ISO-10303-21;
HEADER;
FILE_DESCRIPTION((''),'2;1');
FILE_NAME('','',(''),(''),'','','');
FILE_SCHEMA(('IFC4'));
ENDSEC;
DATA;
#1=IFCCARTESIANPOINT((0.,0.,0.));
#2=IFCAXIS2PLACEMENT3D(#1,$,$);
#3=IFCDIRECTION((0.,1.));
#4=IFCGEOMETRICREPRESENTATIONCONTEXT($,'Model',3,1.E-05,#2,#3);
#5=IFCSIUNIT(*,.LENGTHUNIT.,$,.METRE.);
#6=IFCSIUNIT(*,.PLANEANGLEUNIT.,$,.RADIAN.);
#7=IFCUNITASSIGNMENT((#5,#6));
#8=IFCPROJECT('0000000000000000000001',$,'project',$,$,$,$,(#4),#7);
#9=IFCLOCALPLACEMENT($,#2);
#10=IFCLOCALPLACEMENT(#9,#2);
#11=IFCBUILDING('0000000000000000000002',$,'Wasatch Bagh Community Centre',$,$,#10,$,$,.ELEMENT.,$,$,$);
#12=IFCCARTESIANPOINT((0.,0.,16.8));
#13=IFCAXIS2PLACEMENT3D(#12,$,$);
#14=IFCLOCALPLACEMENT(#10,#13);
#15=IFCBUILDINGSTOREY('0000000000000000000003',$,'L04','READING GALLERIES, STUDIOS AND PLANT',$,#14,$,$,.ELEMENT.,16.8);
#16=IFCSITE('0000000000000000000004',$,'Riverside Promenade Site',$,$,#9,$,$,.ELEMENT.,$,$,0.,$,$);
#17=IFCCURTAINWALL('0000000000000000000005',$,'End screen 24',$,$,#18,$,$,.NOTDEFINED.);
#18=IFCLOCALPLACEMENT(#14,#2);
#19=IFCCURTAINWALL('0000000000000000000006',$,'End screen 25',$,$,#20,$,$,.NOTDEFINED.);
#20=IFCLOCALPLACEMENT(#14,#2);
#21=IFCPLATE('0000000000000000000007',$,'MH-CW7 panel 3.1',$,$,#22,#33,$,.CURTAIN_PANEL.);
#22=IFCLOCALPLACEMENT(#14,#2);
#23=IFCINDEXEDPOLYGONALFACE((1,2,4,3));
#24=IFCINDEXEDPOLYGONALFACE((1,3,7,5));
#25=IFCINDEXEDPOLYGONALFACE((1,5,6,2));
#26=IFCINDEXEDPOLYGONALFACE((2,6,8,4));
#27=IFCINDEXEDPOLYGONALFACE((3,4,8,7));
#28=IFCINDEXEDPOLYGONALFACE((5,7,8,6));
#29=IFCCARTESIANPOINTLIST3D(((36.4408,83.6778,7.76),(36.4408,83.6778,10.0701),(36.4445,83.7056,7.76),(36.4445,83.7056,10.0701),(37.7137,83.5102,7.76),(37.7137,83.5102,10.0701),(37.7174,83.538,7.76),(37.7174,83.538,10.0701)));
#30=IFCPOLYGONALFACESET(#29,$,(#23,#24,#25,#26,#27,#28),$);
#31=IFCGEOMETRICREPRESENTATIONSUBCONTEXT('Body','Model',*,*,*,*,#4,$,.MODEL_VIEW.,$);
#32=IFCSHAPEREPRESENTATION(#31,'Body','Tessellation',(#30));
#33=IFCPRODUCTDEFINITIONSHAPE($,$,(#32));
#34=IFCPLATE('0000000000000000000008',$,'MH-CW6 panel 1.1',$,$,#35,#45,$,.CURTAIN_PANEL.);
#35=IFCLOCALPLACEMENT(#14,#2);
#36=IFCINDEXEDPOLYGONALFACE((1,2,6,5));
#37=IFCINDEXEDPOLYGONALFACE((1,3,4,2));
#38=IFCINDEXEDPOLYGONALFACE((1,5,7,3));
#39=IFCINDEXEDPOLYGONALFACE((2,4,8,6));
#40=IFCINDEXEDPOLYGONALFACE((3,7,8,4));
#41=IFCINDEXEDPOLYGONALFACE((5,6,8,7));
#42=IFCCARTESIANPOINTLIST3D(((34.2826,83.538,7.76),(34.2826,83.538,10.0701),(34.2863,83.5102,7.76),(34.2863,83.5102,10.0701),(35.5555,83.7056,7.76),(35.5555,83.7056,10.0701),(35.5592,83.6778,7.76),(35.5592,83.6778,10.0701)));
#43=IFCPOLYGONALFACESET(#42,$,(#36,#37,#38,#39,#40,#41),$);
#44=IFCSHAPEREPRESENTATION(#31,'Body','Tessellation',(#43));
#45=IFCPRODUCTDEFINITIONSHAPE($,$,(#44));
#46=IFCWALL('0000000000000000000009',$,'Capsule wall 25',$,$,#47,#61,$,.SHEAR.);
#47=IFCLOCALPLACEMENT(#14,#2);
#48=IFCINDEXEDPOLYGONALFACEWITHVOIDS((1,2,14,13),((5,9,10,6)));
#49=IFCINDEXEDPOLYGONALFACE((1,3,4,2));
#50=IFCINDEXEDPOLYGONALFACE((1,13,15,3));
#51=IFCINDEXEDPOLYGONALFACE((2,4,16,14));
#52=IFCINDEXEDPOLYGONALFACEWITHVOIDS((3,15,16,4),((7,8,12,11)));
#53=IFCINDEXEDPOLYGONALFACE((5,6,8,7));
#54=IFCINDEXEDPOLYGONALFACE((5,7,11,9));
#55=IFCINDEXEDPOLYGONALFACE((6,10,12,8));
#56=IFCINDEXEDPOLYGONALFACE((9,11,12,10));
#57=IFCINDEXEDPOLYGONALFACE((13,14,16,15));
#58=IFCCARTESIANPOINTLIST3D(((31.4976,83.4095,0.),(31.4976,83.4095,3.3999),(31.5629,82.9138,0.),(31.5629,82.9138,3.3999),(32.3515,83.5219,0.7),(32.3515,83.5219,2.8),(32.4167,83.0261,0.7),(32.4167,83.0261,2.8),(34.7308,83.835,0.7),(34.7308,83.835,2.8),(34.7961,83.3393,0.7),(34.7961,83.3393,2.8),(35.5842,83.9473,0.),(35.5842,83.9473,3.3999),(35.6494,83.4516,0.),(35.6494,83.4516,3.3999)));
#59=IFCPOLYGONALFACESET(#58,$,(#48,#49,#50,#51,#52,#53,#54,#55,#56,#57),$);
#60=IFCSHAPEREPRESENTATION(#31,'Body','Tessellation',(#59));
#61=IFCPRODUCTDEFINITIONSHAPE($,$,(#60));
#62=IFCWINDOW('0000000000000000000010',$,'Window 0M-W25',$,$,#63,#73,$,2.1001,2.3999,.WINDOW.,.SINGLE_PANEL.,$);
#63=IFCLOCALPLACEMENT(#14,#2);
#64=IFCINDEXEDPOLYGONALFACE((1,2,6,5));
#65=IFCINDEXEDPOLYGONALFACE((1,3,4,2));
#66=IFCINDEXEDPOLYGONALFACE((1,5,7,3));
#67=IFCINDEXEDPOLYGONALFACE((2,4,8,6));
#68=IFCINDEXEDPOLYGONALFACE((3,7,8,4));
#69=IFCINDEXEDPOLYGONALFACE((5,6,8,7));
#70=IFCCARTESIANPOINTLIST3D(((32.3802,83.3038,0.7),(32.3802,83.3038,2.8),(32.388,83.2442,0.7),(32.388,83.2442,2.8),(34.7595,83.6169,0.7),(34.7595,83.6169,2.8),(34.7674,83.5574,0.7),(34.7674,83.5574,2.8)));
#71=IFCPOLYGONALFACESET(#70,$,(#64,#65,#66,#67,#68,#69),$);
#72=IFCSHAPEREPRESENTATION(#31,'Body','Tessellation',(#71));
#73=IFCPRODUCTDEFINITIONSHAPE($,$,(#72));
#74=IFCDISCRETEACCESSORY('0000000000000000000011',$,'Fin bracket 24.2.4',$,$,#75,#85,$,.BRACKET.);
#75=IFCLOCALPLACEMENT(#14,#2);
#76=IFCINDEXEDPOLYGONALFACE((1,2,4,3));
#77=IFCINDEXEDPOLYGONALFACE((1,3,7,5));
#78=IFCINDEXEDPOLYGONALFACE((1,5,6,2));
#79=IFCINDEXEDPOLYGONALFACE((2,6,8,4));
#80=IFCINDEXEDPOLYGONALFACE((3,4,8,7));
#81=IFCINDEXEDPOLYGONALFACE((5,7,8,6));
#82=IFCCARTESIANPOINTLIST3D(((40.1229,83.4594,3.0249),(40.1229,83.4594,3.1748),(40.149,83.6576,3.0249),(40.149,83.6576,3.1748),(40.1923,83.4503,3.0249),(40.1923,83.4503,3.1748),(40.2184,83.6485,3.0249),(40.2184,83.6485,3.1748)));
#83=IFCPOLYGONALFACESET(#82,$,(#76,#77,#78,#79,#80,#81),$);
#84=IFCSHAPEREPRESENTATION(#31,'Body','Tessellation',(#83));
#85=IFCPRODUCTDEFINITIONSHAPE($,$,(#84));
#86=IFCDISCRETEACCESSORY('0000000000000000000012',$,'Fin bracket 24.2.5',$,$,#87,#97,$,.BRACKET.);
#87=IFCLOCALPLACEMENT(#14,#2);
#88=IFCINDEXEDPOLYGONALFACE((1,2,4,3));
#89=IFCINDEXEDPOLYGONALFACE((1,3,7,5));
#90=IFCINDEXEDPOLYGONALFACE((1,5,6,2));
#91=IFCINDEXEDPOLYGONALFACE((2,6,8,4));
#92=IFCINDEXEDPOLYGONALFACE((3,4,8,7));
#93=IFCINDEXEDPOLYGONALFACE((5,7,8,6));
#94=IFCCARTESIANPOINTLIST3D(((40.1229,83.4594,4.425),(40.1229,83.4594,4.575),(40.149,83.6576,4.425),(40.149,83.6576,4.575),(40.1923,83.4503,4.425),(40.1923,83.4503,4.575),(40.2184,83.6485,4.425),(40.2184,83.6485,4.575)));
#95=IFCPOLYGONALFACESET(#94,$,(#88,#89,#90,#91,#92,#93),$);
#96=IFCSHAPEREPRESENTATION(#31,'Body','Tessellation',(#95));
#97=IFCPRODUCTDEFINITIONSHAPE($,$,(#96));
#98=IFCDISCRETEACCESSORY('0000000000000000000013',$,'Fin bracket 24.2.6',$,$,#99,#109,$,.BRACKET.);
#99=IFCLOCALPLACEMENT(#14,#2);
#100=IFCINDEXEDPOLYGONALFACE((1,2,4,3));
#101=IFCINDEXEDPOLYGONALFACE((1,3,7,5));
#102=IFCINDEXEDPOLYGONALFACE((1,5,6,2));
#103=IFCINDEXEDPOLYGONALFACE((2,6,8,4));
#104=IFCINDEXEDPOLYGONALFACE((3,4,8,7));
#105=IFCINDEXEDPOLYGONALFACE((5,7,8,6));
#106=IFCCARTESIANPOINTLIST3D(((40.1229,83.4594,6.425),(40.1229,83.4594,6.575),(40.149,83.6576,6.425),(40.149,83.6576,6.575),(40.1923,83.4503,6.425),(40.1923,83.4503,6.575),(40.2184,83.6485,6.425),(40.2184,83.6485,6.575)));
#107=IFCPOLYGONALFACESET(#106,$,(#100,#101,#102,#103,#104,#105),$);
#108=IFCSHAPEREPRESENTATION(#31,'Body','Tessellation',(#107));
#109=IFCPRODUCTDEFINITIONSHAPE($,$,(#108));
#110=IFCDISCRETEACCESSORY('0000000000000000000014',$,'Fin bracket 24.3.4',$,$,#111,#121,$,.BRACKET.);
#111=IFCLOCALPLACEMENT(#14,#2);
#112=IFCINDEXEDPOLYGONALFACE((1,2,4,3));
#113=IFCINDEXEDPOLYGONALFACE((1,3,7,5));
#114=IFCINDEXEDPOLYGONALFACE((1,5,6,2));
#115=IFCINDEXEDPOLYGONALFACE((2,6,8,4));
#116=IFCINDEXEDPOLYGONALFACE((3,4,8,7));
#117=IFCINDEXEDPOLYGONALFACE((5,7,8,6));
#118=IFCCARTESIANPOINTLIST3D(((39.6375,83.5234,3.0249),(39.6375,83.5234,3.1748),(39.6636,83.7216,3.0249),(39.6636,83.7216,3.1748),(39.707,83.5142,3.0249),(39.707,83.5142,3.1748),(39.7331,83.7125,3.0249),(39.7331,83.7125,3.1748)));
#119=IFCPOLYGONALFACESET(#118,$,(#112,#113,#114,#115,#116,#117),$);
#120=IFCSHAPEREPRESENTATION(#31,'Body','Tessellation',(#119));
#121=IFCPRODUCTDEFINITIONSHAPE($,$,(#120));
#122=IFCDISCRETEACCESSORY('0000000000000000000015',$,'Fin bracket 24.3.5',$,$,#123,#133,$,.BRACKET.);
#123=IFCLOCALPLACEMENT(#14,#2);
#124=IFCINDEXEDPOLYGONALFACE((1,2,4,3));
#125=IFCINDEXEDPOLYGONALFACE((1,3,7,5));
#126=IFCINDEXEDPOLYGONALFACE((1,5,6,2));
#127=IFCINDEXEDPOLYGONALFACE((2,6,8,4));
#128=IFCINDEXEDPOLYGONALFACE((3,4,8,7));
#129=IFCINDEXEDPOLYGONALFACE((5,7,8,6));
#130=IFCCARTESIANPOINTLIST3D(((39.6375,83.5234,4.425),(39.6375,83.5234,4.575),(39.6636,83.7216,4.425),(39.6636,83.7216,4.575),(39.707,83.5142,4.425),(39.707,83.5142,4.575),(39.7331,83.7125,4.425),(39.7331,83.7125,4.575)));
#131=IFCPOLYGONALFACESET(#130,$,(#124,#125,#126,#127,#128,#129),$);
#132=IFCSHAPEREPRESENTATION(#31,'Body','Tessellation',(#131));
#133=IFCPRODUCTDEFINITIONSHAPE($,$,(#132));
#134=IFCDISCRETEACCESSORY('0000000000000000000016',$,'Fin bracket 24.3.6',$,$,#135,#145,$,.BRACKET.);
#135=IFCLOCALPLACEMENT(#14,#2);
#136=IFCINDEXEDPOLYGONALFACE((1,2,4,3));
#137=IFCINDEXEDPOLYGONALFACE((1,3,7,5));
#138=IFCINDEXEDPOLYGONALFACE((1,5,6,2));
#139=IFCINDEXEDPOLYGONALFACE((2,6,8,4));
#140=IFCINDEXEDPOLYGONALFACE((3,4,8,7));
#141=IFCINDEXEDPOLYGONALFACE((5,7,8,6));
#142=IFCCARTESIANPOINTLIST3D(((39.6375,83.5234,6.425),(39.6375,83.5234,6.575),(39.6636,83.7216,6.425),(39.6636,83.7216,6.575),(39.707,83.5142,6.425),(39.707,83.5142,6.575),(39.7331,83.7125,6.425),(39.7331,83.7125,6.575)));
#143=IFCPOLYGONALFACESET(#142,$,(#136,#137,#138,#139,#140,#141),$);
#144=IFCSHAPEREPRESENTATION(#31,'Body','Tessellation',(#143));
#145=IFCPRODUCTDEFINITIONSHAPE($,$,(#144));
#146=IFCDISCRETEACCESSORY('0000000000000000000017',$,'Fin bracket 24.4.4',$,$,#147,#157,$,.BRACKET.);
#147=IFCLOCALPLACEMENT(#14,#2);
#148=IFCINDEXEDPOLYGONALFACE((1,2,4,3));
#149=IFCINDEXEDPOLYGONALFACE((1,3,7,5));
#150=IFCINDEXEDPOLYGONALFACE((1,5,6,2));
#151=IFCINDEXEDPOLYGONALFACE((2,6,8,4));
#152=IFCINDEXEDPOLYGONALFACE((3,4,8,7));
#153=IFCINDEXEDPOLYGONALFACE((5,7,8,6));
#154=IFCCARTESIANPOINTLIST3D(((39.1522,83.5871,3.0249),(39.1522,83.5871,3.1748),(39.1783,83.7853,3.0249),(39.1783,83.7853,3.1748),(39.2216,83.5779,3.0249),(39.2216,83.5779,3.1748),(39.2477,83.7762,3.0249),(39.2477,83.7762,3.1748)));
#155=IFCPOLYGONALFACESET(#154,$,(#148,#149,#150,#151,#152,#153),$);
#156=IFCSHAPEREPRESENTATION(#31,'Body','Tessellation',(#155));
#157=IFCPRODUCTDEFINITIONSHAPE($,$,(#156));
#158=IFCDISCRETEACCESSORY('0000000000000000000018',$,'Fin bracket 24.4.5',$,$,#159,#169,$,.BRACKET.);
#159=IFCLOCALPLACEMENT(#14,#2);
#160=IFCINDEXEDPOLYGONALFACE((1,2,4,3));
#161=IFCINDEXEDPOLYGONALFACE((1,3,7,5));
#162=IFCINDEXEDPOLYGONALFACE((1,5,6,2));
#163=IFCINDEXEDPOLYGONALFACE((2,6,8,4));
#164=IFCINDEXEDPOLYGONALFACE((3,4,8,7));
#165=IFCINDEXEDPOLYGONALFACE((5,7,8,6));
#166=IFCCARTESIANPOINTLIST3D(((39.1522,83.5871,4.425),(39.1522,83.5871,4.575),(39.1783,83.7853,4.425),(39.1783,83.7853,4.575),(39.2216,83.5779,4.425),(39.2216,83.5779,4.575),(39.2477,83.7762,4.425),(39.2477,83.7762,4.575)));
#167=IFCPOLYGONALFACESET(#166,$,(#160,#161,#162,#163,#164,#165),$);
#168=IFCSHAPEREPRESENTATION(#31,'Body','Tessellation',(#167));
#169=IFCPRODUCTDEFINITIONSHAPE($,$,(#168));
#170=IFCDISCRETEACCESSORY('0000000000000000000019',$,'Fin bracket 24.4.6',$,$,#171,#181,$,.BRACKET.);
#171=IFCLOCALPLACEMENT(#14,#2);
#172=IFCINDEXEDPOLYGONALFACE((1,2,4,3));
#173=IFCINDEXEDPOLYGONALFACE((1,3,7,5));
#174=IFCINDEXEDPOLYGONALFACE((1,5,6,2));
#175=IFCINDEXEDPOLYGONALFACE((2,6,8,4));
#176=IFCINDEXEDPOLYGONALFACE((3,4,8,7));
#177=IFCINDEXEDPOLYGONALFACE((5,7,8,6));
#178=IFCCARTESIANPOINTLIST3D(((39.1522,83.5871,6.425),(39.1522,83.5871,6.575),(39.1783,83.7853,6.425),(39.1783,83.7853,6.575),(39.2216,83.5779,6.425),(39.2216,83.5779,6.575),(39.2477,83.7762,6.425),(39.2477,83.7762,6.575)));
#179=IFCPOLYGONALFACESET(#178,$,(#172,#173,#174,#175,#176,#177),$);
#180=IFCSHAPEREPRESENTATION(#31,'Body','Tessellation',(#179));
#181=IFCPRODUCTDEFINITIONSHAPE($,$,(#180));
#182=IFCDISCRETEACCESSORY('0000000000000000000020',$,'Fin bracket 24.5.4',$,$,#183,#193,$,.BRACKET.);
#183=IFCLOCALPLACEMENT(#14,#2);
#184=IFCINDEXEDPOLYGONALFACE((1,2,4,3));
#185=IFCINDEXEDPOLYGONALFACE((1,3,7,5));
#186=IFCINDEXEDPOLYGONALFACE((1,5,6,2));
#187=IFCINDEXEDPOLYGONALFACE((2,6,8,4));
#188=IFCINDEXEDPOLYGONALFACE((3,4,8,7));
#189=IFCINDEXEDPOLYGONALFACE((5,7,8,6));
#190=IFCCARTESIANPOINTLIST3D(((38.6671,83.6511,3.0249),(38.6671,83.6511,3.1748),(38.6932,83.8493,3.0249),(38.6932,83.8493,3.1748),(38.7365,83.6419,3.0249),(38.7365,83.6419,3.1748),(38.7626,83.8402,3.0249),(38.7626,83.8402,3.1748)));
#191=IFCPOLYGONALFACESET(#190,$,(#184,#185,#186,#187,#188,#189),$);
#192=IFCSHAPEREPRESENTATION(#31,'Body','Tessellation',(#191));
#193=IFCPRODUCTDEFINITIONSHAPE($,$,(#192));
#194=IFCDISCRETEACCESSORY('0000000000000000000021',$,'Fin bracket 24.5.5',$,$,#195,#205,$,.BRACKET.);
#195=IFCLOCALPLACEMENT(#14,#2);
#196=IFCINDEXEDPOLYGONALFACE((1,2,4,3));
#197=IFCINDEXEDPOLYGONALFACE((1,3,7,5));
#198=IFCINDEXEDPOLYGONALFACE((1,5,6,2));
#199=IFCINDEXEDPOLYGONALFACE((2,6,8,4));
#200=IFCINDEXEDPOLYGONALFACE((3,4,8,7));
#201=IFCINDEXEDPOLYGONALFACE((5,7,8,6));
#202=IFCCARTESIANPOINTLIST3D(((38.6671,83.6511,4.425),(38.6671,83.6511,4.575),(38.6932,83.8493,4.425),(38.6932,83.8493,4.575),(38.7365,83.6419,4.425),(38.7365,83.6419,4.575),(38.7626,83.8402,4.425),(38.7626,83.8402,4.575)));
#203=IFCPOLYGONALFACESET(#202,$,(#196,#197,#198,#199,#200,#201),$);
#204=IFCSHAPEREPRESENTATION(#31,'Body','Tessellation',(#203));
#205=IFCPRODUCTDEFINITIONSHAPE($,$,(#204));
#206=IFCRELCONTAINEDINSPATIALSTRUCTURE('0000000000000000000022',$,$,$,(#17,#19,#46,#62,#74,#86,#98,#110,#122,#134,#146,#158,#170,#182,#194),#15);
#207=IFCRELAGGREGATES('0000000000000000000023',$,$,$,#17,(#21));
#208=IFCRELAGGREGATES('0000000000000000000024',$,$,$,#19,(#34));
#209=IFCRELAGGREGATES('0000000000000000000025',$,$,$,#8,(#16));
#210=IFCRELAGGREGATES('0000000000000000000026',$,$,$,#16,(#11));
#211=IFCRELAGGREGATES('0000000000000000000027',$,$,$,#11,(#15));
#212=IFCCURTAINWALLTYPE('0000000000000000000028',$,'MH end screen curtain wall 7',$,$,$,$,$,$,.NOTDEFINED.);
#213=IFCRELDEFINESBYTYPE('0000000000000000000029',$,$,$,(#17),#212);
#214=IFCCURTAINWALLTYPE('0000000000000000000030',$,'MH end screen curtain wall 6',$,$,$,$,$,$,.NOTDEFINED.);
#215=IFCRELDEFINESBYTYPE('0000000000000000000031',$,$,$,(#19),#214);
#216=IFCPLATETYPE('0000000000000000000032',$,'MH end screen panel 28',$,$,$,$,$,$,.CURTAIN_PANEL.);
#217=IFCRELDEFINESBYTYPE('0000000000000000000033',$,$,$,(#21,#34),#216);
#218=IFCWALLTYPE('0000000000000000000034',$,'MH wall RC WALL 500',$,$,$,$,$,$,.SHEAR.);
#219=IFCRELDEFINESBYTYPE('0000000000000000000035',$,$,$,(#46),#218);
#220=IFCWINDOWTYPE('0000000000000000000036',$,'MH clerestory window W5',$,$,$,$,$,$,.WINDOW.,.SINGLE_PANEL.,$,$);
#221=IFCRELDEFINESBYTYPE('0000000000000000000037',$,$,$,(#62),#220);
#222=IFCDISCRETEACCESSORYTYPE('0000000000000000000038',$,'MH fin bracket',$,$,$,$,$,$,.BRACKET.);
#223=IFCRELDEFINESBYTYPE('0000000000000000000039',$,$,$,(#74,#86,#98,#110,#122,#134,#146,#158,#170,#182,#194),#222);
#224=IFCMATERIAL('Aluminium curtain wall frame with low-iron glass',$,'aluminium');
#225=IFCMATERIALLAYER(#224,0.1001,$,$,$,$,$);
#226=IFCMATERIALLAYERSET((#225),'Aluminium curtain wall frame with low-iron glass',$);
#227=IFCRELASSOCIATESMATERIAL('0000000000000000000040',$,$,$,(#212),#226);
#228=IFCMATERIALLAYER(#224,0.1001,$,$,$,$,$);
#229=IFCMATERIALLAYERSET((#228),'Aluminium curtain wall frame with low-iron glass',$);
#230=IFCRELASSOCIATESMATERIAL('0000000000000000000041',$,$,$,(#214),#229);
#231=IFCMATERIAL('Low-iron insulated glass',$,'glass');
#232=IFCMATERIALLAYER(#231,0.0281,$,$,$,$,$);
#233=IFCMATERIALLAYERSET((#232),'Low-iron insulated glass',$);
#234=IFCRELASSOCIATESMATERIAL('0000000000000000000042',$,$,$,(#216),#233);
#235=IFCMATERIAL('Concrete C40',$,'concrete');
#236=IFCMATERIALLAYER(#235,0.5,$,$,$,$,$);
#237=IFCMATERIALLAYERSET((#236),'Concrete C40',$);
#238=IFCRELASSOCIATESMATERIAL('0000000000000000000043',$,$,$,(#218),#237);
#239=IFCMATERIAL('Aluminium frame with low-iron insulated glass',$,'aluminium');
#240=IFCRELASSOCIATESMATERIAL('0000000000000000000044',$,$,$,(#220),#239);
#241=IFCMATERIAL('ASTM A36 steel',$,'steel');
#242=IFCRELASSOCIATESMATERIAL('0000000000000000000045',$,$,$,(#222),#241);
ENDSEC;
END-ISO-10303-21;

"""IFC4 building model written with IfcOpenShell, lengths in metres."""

from ifc_helpers import new_model, si_unit, direction, frame, frame_2d, origin, origin_2d, place, context, subcontext, project, spatial, rectangle, extrude, material, layer, layer_set, type_object, element, fill, aggregate, save


model = new_model("IFC4")

# Units and contexts
model_context = context("Model", 3, precision=1e-05, world=origin(), true_north=direction((0.0, 1.0)))
body_context = subcontext(model_context, "Body", "Model", "MODEL_VIEW")
ifc_project = project(units=[si_unit("LENGTHUNIT", "METRE"), si_unit("PLANEANGLEUNIT", "RADIAN")], contexts=[model_context])

# Site, building, storey
site_placement = place(None, origin())
site = spatial("IfcSite", under=ifc_project, at=site_placement, Name="Riverside Promenade Site", CompositionType="ELEMENT", RefElevation=0.0)
building_placement = place(site_placement, origin())
building = spatial("IfcBuilding", under=site, at=building_placement, Name="Wasatch Bagh Community Centre", CompositionType="ELEMENT")
storey_placement = place(building_placement, frame((0.0, 0.0, 16.8)))
storey = spatial("IfcBuildingStorey", under=building, at=storey_placement, Name="L04", Description="READING GALLERIES, STUDIOS AND PLANT", CompositionType="ELEMENT", Elevation=16.8)

# Curtain wall
ifc_material_1 = material(Name="Aluminium curtain wall frame with low-iron glass", Category="aluminium")
ifc_layer_1 = layer(ifc_material_1, 0.1001)
ifc_layer_set_1 = layer_set([ifc_layer_1], Name="Aluminium curtain wall frame with low-iron glass")
curtain_wall_type_1 = type_object("IfcCurtainWallType", Name="MH end screen curtain wall 7", PredefinedType="NOTDEFINED", material=ifc_layer_set_1)
curtain_wall_1_placement = place(storey_placement, origin())
curtain_wall_1 = element("IfcCurtainWall", 1, at=curtain_wall_1_placement, inside=storey, type_object=curtain_wall_type_1, Name="End screen 24", PredefinedType="NOTDEFINED")

# Curtain wall
ifc_layer_2 = layer(ifc_material_1, 0.1001)
ifc_layer_set_2 = layer_set([ifc_layer_2], Name="Aluminium curtain wall frame with low-iron glass")
curtain_wall_type_2 = type_object("IfcCurtainWallType", Name="MH end screen curtain wall 6", PredefinedType="NOTDEFINED", material=ifc_layer_set_2)
curtain_wall_2_placement = place(storey_placement, origin())
curtain_wall_2 = element("IfcCurtainWall", 2, at=curtain_wall_2_placement, inside=storey, type_object=curtain_wall_type_2, Name="End screen 25", PredefinedType="NOTDEFINED")

# Plates
ifc_material_2 = material(Name="Low-iron insulated glass", Category="glass")
ifc_layer_3 = layer(ifc_material_2, 0.0281)
ifc_layer_set_3 = layer_set([ifc_layer_3], Name="Low-iron insulated glass")
plate_type = type_object("IfcPlateType", Name="MH end screen panel 28", PredefinedType="CURTAIN_PANEL", material=ifc_layer_set_3)
plate_1_placement = place(storey_placement, frame((37.0791, 83.6079, 7.76), z_axis=(0.0, 0.0, 1.0), x_axis=(-0.991445, 0.130526, 0.0)))
plate_1 = element("IfcPlate", 3, at=plate_1_placement, type_object=plate_type, Name="MH-CW7 panel 3.1", PredefinedType="CURTAIN_PANEL", context=body_context, shape_type="SweptSolid", body=[
    extrude(rectangle(XDim=1.2839, YDim=0.0281, at=origin_2d()), origin(), (0.0, 0.0, 1.0), 2.3101),
])
aggregate(curtain_wall_1, [plate_1])
plate_2_placement = place(storey_placement, frame((34.9209, 83.6079, 7.76), z_axis=(0.0, 0.0, 1.0), x_axis=(-0.991445, -0.130526, 0.0)))
plate_2 = element("IfcPlate", 4, at=plate_2_placement, type_object=plate_type, Name="MH-CW6 panel 1.1", PredefinedType="CURTAIN_PANEL", context=body_context, shape_type="SweptSolid", body=[
    extrude(rectangle(XDim=1.2839, YDim=0.0281, at=origin_2d()), origin(), (0.0, 0.0, 1.0), 2.3101),
])
aggregate(curtain_wall_2, [plate_2])

# Wall, opening, window
ifc_material_3 = material(Name="Concrete C40", Category="concrete")
ifc_layer_4 = layer(ifc_material_3, 0.5)
ifc_layer_set_4 = layer_set([ifc_layer_4], Name="Concrete C40")
wall_type = type_object("IfcWallType", Name="MH wall RC WALL 500", PredefinedType="SHEAR", material=ifc_layer_set_4)
wall_placement = place(storey_placement, frame((35.6169, 83.6995, 0.0), z_axis=(0.0, 0.0, 1.0), x_axis=(-0.99145, -0.130484, 0.0)))
wall = element("IfcWall", 5, at=wall_placement, inside=storey, type_object=wall_type, Name="Capsule wall 25", PredefinedType="SHEAR", context=body_context, shape_type="SweptSolid", body=[
    extrude(rectangle(XDim=4.1218, YDim=0.5, at=frame_2d((2.061, 0.0))), origin(), (0.0, 0.0, 1.0), 3.3999),
])
opening_placement = place(wall_placement, frame((0.8608, 0.0, 0.7)))
opening = element("IfcOpeningElement", 6, at=opening_placement, cuts=wall, PredefinedType="OPENING", context=body_context, shape_type="SweptSolid", body=[
    extrude(rectangle(XDim=2.3999, YDim=2.1001, at=frame_2d((1.2, 1.05))), frame((0.0, 0.26, 0.0), z_axis=(0.0, -1.0, 0.0), x_axis=(1.0, 0.0, 0.0)), (0.0, 0.0, 1.0), 0.52),
])
ifc_material_4 = material(Name="Aluminium frame with low-iron insulated glass", Category="aluminium")
window_type = type_object("IfcWindowType", Name="MH clerestory window W5", PartitioningType="SINGLE_PANEL", PredefinedType="WINDOW", material=ifc_material_4)
window_placement = place(opening_placement, origin())
window = element("IfcWindow", 7, at=window_placement, inside=storey, type_object=window_type, Name="Window 0M-W25", OverallHeight=2.1001, OverallWidth=2.3999, PartitioningType="SINGLE_PANEL", PredefinedType="WINDOW", context=body_context, shape_type="SweptSolid", body=[
    extrude(rectangle(XDim=2.3999, YDim=2.1001, at=frame_2d((1.2, 1.05))), frame((0.0, 0.03, 0.0), z_axis=(0.0, -1.0, 0.0), x_axis=(1.0, 0.0, 0.0)), (0.0, 0.0, 1.0), 0.0601),
])
fill(opening, window)

# Discrete accessories
ifc_material_5 = material(Name="ASTM A36 steel", Category="steel")
discrete_accessory_type = type_object("IfcDiscreteAccessoryType", Name="MH fin bracket", PredefinedType="BRACKET", material=ifc_material_5)
for number, where, z_axis, x_axis, name in (
    (8, (40.1707, 83.554, 3.0249), (0.0, 0.0, 1.0), (-0.991445, 0.130526, 0.0), "Fin bracket 24.2.4"),
    (9, (40.1707, 83.554, 4.425), (0.0, 0.0, 1.0), (-0.991445, 0.130526, 0.0), "Fin bracket 24.2.5"),
    (10, (40.1707, 83.554, 6.425), (0.0, 0.0, 1.0), (-0.991445, 0.130526, 0.0), "Fin bracket 24.2.6"),
    (11, (39.6853, 83.6179, 3.0249), (0.0, 0.0, 1.0), (-0.991445, 0.130526, 0.0), "Fin bracket 24.3.4"),
    (12, (39.6853, 83.6179, 4.425), (0.0, 0.0, 1.0), (-0.991445, 0.130526, 0.0), "Fin bracket 24.3.5"),
    (13, (39.6853, 83.6179, 6.425), (0.0, 0.0, 1.0), (-0.991445, 0.130526, 0.0), "Fin bracket 24.3.6"),
    (14, (39.2, 83.6816, 3.0249), (0.0, 0.0, 1.0), (-0.991445, 0.130526, 0.0), "Fin bracket 24.4.4"),
    (15, (39.2, 83.6816, 4.425), (0.0, 0.0, 1.0), (-0.991445, 0.130526, 0.0), "Fin bracket 24.4.5"),
    (16, (39.2, 83.6816, 6.425), (0.0, 0.0, 1.0), (-0.991445, 0.130526, 0.0), "Fin bracket 24.4.6"),
    (17, (38.7148, 83.7456, 3.0249), (0.0, 0.0, 1.0), (-0.991445, 0.130526, 0.0), "Fin bracket 24.5.4"),
    (18, (38.7148, 83.7456, 4.425), (0.0, 0.0, 1.0), (-0.991445, 0.130526, 0.0), "Fin bracket 24.5.5"),
):
    element("IfcDiscreteAccessory", number, at=place(storey_placement, frame(where, z_axis=z_axis, x_axis=x_axis)), inside=storey, type_object=discrete_accessory_type, Name=name, PredefinedType="BRACKET", context=body_context, shape_type="SweptSolid", body=[
        extrude(rectangle(XDim=0.0701, YDim=0.2, at=origin_2d()), origin(), (0.0, 0.0, 1.0), 0.1499),
    ])

save(model, "model.ifc")
